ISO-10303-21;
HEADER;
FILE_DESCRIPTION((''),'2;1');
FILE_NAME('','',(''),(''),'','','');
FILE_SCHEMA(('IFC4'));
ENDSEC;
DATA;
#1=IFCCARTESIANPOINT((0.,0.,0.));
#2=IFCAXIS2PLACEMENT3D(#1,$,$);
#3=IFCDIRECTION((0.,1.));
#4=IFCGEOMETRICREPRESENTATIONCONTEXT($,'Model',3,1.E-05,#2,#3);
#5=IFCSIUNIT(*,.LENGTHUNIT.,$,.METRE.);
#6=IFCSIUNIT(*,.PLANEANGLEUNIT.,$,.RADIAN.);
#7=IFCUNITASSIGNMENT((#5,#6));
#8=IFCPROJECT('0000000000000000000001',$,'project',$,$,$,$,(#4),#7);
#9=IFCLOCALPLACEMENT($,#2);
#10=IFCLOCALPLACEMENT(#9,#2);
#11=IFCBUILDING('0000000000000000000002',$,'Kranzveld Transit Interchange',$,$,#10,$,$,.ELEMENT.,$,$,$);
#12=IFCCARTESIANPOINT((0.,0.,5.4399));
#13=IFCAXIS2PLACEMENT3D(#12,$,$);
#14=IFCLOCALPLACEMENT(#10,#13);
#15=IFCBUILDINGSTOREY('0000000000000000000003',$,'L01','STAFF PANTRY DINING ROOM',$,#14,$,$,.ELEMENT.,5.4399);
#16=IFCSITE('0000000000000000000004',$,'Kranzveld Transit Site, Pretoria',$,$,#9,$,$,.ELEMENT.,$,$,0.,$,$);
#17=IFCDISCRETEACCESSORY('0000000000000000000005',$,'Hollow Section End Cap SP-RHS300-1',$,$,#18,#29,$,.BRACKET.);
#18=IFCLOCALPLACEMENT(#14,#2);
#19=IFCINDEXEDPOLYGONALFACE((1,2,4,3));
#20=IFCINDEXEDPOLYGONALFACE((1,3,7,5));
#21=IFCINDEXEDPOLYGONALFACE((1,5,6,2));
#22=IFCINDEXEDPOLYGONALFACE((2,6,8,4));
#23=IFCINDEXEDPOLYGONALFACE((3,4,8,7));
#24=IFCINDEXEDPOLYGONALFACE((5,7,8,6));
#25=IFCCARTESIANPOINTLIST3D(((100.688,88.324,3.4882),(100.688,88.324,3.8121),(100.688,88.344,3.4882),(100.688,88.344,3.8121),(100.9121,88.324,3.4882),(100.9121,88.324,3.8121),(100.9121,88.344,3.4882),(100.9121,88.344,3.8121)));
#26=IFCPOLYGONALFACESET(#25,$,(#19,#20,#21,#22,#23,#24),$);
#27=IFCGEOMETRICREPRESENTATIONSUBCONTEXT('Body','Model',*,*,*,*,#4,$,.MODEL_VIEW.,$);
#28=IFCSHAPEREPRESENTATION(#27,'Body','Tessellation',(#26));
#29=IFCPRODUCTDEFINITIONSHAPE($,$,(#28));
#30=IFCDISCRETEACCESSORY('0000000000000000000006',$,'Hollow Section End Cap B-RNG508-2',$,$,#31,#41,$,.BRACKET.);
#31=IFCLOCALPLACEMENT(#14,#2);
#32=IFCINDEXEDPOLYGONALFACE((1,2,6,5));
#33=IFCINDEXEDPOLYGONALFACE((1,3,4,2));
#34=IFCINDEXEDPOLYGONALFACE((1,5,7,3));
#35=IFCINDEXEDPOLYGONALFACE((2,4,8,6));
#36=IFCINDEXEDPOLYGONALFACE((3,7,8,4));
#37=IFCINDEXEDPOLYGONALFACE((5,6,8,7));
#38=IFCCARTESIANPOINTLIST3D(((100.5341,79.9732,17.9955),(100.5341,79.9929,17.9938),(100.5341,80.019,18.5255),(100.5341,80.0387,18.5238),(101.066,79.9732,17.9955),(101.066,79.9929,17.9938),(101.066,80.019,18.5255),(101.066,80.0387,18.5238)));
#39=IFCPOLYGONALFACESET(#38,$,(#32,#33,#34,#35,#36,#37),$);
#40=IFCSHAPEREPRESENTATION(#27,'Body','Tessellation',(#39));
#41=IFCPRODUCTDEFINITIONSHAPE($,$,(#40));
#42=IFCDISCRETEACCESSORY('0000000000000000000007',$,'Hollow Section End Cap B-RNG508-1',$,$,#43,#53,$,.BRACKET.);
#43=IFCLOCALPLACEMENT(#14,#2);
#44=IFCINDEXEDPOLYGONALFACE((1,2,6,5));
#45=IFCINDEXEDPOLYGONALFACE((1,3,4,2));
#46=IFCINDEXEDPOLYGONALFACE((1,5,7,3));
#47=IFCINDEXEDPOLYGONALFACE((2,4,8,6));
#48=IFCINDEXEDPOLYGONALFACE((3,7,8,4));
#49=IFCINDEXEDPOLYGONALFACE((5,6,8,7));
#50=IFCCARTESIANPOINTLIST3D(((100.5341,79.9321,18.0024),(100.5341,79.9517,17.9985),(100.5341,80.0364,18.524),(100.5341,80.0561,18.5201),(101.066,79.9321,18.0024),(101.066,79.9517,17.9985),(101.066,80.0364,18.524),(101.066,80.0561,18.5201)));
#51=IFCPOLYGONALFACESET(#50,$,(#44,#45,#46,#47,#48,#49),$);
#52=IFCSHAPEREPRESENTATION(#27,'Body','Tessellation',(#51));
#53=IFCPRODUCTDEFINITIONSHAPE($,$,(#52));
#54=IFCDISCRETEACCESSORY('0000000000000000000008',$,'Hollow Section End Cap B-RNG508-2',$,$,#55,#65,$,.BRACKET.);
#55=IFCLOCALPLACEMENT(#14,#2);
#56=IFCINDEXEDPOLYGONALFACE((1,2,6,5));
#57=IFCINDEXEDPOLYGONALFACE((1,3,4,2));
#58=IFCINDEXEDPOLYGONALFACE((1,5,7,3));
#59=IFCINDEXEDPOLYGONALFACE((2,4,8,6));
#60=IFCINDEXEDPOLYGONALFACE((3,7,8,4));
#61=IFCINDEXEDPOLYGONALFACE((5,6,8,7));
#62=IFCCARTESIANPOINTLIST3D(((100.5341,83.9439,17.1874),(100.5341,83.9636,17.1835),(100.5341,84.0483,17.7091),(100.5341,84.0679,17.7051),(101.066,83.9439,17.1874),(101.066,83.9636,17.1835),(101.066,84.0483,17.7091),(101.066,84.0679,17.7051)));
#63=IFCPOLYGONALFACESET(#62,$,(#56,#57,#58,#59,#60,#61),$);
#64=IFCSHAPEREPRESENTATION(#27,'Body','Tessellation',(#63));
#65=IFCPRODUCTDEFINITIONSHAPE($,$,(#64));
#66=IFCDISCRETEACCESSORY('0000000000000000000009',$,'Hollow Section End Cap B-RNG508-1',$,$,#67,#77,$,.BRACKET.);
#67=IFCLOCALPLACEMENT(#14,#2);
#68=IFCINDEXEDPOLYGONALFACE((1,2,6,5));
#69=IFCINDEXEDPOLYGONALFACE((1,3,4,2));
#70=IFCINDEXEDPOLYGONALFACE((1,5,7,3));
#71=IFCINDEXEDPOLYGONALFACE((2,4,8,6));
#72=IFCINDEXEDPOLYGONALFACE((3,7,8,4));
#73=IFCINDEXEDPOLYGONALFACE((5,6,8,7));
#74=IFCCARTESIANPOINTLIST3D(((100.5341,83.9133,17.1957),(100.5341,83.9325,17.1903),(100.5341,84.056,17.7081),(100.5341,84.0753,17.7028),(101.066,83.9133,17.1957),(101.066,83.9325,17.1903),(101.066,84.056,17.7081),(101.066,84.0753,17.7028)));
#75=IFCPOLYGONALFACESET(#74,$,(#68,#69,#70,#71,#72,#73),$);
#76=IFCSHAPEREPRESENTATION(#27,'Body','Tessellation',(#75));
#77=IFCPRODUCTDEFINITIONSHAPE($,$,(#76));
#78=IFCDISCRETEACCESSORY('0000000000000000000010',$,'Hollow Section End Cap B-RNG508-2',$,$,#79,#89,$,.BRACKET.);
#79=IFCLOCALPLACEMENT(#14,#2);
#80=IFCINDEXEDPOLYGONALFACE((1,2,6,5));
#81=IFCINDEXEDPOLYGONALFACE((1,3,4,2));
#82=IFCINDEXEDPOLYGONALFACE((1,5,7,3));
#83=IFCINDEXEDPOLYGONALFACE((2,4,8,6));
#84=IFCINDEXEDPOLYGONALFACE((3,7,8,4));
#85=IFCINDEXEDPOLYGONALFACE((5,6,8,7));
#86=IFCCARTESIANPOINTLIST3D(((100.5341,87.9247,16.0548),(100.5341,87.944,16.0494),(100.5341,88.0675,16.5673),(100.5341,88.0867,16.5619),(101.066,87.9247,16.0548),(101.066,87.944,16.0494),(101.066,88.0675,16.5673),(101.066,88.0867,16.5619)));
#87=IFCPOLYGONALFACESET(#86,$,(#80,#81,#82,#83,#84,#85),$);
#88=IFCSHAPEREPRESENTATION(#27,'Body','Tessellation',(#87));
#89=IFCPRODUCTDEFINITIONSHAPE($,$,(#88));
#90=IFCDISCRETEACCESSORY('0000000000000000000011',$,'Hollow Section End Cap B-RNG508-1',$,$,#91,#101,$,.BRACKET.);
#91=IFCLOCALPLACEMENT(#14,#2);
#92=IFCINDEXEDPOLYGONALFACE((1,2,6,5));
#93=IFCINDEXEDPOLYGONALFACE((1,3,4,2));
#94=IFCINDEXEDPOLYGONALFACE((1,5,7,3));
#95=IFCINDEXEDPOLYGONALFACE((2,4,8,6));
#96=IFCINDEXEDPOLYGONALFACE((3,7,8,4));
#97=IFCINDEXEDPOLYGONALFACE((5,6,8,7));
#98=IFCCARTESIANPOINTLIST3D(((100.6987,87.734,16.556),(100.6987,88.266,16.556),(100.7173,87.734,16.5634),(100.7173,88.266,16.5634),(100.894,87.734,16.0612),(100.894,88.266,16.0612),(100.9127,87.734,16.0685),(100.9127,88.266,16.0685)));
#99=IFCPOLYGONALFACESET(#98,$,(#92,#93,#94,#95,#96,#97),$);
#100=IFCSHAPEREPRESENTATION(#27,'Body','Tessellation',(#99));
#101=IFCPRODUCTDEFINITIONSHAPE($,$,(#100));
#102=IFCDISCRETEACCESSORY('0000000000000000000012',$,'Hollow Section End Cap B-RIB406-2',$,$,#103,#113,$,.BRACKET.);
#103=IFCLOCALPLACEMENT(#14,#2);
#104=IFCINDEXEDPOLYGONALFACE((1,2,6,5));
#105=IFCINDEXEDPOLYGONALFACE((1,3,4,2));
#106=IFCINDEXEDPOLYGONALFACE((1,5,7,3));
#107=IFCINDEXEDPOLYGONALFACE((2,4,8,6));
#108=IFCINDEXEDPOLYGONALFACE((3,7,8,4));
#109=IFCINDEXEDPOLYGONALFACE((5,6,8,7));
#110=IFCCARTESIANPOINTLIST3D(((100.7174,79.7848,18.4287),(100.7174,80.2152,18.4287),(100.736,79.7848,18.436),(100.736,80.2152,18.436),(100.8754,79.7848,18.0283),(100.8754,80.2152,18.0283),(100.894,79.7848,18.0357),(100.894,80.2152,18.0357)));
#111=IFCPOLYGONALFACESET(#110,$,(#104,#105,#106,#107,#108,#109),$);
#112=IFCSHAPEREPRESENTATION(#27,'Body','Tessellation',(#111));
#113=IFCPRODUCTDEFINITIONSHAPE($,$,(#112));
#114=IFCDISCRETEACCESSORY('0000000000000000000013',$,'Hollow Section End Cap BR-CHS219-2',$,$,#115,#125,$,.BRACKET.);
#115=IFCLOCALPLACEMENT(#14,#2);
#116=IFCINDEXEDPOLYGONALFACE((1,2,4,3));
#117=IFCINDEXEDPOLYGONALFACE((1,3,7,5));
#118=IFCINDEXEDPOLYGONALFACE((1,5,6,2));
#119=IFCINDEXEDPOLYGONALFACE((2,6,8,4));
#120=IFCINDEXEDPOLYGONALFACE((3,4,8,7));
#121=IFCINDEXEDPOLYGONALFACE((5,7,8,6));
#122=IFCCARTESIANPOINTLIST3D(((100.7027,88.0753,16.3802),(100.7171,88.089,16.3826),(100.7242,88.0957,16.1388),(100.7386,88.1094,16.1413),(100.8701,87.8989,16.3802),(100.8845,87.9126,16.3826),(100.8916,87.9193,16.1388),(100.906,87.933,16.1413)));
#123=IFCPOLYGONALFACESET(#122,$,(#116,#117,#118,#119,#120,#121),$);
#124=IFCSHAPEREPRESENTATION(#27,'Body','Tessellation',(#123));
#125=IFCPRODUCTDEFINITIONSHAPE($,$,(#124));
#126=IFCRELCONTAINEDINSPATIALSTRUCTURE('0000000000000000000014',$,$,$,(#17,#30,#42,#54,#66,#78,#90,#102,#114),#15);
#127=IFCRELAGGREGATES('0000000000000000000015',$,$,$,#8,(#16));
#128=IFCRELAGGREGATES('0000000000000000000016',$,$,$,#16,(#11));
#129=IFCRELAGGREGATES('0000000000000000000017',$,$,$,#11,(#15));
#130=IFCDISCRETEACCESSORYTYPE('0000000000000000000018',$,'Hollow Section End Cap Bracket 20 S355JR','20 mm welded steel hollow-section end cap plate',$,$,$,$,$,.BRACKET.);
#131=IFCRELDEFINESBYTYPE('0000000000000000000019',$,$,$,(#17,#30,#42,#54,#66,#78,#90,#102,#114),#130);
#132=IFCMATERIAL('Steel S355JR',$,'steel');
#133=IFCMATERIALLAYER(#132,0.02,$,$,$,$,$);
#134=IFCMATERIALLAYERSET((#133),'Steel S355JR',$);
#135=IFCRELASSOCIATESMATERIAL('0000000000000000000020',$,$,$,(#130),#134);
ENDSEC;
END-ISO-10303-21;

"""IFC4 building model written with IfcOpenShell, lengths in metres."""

from ifc_helpers import new_model, si_unit, direction, frame, origin, origin_2d, place, context, subcontext, project, spatial, rectangle, extrude, material, layer, layer_set, type_object, element, save


model = new_model("IFC4")

# Units and contexts
model_context = context("Model", 3, precision=1e-05, world=origin(), true_north=direction((0.0, 1.0)))
body_context = subcontext(model_context, "Body", "Model", "MODEL_VIEW")
ifc_project = project(units=[si_unit("LENGTHUNIT", "METRE"), si_unit("PLANEANGLEUNIT", "RADIAN")], contexts=[model_context])

# Site, building, storey
site_placement = place(None, origin())
site = spatial("IfcSite", under=ifc_project, at=site_placement, Name="Kranzveld Transit Site, Pretoria", CompositionType="ELEMENT", RefElevation=0.0)
building_placement = place(site_placement, origin())
building = spatial("IfcBuilding", under=site, at=building_placement, Name="Kranzveld Transit Interchange", CompositionType="ELEMENT")
storey_placement = place(building_placement, frame((0.0, 0.0, 5.4399)))
storey = spatial("IfcBuildingStorey", under=building, at=storey_placement, Name="L01", Description="STAFF PANTRY DINING ROOM", CompositionType="ELEMENT", Elevation=5.4399)

# Discrete accessories
ifc_material_1 = material(Name="Steel S355JR", Category="steel")
ifc_layer_1 = layer(ifc_material_1, 0.02)
ifc_layer_set_1 = layer_set([ifc_layer_1], Name="Steel S355JR")
discrete_accessory_type = type_object("IfcDiscreteAccessoryType", Name="Hollow Section End Cap Bracket 20 S355JR", Description="20 mm welded steel hollow-section end cap plate", PredefinedType="BRACKET", material=ifc_layer_set_1)
for number, where, z_axis, x_axis, name in (
    (1, (100.8, 88.344, 3.6501), (0.0, -1.0, 0.0), (1.0, 0.0, 0.0), "Hollow Section End Cap SP-RHS300-1"),
):
    element("IfcDiscreteAccessory", number, at=place(storey_placement, frame(where, z_axis=z_axis, x_axis=x_axis)), inside=storey, type_object=discrete_accessory_type, Name=name, PredefinedType="BRACKET", context=body_context, shape_type="SweptSolid", body=[
        extrude(rectangle(XDim=0.2241, YDim=0.324, at=origin_2d()), origin(), (0.0, 0.0, 1.0), 0.02),
    ])
discrete_accessory_1_placement = place(storey_placement, frame((100.8, 79.9961, 18.2605), z_axis=(0.0, 0.996287, -0.086099), x_axis=(-1.0, 0.0, 0.0)))
element("IfcDiscreteAccessory", 2, at=discrete_accessory_1_placement, inside=storey, type_object=discrete_accessory_type, Name="Hollow Section End Cap B-RNG508-2", PredefinedType="BRACKET", context=body_context, shape_type="SweptSolid", body=[
    extrude(rectangle(XDim=0.532, YDim=0.532, at=origin_2d()), origin(), (0.0, 0.0, 1.0), 0.0198),
])
for number, where, z_axis, x_axis, name in (
    (3, (100.8, 80.0039, 18.2593), (0.0, -0.980581, 0.196116), (1.0, 0.0, 0.0), "Hollow Section End Cap B-RNG508-1"),
    (4, (100.8, 83.9961, 17.4482), (0.0, 0.980581, -0.196116), (-1.0, 0.0, 0.0), "Hollow Section End Cap B-RNG508-2"),
    (5, (100.8, 84.0039, 17.4465), (0.0, -0.963343, 0.268273), (1.0, 0.0, 0.0), "Hollow Section End Cap B-RNG508-1"),
    (6, (100.8, 87.9961, 16.311), (0.0, 0.963343, -0.268273), (-1.0, 0.0, 0.0), "Hollow Section End Cap B-RNG508-2"),
    (7, (100.7964, 88.0, 16.3086), (0.930155, 0.0, 0.367167), (0.0, 1.0, 0.0), "Hollow Section End Cap B-RNG508-1"),
):
    element("IfcDiscreteAccessory", number, at=place(storey_placement, frame(where, z_axis=z_axis, x_axis=x_axis)), inside=storey, type_object=discrete_accessory_type, Name=name, PredefinedType="BRACKET", context=body_context, shape_type="SweptSolid", body=[
        extrude(rectangle(XDim=0.532, YDim=0.532, at=origin_2d()), origin(), (0.0, 0.0, 1.0), 0.02),
    ])
discrete_accessory_2_placement = place(storey_placement, frame((100.7964, 80.0, 18.2285), z_axis=(0.930155, 0.0, 0.367167), x_axis=(0.0, 1.0, 0.0)))
element("IfcDiscreteAccessory", 8, at=discrete_accessory_2_placement, inside=storey, type_object=discrete_accessory_type, Name="Hollow Section End Cap B-RIB406-2", PredefinedType="BRACKET", context=body_context, shape_type="SweptSolid", body=[
    extrude(rectangle(XDim=0.4304, YDim=0.4304, at=origin_2d()), origin(), (0.0, 0.0, 1.0), 0.02),
])
discrete_accessory_3_placement = place(storey_placement, frame((100.7971, 87.9973, 16.2595), z_axis=(0.719887, 0.683283, 0.122015), x_axis=(-0.688426, 0.725306, 0.0)))
element("IfcDiscreteAccessory", 9, at=discrete_accessory_3_placement, inside=storey, type_object=discrete_accessory_type, Name="Hollow Section End Cap BR-CHS219-2", PredefinedType="BRACKET", context=body_context, shape_type="SweptSolid", body=[
    extrude(rectangle(XDim=0.2432, YDim=0.2432, at=origin_2d()), origin(), (0.0, 0.0, 1.0), 0.02),
])

save(model, "model.ifc")
